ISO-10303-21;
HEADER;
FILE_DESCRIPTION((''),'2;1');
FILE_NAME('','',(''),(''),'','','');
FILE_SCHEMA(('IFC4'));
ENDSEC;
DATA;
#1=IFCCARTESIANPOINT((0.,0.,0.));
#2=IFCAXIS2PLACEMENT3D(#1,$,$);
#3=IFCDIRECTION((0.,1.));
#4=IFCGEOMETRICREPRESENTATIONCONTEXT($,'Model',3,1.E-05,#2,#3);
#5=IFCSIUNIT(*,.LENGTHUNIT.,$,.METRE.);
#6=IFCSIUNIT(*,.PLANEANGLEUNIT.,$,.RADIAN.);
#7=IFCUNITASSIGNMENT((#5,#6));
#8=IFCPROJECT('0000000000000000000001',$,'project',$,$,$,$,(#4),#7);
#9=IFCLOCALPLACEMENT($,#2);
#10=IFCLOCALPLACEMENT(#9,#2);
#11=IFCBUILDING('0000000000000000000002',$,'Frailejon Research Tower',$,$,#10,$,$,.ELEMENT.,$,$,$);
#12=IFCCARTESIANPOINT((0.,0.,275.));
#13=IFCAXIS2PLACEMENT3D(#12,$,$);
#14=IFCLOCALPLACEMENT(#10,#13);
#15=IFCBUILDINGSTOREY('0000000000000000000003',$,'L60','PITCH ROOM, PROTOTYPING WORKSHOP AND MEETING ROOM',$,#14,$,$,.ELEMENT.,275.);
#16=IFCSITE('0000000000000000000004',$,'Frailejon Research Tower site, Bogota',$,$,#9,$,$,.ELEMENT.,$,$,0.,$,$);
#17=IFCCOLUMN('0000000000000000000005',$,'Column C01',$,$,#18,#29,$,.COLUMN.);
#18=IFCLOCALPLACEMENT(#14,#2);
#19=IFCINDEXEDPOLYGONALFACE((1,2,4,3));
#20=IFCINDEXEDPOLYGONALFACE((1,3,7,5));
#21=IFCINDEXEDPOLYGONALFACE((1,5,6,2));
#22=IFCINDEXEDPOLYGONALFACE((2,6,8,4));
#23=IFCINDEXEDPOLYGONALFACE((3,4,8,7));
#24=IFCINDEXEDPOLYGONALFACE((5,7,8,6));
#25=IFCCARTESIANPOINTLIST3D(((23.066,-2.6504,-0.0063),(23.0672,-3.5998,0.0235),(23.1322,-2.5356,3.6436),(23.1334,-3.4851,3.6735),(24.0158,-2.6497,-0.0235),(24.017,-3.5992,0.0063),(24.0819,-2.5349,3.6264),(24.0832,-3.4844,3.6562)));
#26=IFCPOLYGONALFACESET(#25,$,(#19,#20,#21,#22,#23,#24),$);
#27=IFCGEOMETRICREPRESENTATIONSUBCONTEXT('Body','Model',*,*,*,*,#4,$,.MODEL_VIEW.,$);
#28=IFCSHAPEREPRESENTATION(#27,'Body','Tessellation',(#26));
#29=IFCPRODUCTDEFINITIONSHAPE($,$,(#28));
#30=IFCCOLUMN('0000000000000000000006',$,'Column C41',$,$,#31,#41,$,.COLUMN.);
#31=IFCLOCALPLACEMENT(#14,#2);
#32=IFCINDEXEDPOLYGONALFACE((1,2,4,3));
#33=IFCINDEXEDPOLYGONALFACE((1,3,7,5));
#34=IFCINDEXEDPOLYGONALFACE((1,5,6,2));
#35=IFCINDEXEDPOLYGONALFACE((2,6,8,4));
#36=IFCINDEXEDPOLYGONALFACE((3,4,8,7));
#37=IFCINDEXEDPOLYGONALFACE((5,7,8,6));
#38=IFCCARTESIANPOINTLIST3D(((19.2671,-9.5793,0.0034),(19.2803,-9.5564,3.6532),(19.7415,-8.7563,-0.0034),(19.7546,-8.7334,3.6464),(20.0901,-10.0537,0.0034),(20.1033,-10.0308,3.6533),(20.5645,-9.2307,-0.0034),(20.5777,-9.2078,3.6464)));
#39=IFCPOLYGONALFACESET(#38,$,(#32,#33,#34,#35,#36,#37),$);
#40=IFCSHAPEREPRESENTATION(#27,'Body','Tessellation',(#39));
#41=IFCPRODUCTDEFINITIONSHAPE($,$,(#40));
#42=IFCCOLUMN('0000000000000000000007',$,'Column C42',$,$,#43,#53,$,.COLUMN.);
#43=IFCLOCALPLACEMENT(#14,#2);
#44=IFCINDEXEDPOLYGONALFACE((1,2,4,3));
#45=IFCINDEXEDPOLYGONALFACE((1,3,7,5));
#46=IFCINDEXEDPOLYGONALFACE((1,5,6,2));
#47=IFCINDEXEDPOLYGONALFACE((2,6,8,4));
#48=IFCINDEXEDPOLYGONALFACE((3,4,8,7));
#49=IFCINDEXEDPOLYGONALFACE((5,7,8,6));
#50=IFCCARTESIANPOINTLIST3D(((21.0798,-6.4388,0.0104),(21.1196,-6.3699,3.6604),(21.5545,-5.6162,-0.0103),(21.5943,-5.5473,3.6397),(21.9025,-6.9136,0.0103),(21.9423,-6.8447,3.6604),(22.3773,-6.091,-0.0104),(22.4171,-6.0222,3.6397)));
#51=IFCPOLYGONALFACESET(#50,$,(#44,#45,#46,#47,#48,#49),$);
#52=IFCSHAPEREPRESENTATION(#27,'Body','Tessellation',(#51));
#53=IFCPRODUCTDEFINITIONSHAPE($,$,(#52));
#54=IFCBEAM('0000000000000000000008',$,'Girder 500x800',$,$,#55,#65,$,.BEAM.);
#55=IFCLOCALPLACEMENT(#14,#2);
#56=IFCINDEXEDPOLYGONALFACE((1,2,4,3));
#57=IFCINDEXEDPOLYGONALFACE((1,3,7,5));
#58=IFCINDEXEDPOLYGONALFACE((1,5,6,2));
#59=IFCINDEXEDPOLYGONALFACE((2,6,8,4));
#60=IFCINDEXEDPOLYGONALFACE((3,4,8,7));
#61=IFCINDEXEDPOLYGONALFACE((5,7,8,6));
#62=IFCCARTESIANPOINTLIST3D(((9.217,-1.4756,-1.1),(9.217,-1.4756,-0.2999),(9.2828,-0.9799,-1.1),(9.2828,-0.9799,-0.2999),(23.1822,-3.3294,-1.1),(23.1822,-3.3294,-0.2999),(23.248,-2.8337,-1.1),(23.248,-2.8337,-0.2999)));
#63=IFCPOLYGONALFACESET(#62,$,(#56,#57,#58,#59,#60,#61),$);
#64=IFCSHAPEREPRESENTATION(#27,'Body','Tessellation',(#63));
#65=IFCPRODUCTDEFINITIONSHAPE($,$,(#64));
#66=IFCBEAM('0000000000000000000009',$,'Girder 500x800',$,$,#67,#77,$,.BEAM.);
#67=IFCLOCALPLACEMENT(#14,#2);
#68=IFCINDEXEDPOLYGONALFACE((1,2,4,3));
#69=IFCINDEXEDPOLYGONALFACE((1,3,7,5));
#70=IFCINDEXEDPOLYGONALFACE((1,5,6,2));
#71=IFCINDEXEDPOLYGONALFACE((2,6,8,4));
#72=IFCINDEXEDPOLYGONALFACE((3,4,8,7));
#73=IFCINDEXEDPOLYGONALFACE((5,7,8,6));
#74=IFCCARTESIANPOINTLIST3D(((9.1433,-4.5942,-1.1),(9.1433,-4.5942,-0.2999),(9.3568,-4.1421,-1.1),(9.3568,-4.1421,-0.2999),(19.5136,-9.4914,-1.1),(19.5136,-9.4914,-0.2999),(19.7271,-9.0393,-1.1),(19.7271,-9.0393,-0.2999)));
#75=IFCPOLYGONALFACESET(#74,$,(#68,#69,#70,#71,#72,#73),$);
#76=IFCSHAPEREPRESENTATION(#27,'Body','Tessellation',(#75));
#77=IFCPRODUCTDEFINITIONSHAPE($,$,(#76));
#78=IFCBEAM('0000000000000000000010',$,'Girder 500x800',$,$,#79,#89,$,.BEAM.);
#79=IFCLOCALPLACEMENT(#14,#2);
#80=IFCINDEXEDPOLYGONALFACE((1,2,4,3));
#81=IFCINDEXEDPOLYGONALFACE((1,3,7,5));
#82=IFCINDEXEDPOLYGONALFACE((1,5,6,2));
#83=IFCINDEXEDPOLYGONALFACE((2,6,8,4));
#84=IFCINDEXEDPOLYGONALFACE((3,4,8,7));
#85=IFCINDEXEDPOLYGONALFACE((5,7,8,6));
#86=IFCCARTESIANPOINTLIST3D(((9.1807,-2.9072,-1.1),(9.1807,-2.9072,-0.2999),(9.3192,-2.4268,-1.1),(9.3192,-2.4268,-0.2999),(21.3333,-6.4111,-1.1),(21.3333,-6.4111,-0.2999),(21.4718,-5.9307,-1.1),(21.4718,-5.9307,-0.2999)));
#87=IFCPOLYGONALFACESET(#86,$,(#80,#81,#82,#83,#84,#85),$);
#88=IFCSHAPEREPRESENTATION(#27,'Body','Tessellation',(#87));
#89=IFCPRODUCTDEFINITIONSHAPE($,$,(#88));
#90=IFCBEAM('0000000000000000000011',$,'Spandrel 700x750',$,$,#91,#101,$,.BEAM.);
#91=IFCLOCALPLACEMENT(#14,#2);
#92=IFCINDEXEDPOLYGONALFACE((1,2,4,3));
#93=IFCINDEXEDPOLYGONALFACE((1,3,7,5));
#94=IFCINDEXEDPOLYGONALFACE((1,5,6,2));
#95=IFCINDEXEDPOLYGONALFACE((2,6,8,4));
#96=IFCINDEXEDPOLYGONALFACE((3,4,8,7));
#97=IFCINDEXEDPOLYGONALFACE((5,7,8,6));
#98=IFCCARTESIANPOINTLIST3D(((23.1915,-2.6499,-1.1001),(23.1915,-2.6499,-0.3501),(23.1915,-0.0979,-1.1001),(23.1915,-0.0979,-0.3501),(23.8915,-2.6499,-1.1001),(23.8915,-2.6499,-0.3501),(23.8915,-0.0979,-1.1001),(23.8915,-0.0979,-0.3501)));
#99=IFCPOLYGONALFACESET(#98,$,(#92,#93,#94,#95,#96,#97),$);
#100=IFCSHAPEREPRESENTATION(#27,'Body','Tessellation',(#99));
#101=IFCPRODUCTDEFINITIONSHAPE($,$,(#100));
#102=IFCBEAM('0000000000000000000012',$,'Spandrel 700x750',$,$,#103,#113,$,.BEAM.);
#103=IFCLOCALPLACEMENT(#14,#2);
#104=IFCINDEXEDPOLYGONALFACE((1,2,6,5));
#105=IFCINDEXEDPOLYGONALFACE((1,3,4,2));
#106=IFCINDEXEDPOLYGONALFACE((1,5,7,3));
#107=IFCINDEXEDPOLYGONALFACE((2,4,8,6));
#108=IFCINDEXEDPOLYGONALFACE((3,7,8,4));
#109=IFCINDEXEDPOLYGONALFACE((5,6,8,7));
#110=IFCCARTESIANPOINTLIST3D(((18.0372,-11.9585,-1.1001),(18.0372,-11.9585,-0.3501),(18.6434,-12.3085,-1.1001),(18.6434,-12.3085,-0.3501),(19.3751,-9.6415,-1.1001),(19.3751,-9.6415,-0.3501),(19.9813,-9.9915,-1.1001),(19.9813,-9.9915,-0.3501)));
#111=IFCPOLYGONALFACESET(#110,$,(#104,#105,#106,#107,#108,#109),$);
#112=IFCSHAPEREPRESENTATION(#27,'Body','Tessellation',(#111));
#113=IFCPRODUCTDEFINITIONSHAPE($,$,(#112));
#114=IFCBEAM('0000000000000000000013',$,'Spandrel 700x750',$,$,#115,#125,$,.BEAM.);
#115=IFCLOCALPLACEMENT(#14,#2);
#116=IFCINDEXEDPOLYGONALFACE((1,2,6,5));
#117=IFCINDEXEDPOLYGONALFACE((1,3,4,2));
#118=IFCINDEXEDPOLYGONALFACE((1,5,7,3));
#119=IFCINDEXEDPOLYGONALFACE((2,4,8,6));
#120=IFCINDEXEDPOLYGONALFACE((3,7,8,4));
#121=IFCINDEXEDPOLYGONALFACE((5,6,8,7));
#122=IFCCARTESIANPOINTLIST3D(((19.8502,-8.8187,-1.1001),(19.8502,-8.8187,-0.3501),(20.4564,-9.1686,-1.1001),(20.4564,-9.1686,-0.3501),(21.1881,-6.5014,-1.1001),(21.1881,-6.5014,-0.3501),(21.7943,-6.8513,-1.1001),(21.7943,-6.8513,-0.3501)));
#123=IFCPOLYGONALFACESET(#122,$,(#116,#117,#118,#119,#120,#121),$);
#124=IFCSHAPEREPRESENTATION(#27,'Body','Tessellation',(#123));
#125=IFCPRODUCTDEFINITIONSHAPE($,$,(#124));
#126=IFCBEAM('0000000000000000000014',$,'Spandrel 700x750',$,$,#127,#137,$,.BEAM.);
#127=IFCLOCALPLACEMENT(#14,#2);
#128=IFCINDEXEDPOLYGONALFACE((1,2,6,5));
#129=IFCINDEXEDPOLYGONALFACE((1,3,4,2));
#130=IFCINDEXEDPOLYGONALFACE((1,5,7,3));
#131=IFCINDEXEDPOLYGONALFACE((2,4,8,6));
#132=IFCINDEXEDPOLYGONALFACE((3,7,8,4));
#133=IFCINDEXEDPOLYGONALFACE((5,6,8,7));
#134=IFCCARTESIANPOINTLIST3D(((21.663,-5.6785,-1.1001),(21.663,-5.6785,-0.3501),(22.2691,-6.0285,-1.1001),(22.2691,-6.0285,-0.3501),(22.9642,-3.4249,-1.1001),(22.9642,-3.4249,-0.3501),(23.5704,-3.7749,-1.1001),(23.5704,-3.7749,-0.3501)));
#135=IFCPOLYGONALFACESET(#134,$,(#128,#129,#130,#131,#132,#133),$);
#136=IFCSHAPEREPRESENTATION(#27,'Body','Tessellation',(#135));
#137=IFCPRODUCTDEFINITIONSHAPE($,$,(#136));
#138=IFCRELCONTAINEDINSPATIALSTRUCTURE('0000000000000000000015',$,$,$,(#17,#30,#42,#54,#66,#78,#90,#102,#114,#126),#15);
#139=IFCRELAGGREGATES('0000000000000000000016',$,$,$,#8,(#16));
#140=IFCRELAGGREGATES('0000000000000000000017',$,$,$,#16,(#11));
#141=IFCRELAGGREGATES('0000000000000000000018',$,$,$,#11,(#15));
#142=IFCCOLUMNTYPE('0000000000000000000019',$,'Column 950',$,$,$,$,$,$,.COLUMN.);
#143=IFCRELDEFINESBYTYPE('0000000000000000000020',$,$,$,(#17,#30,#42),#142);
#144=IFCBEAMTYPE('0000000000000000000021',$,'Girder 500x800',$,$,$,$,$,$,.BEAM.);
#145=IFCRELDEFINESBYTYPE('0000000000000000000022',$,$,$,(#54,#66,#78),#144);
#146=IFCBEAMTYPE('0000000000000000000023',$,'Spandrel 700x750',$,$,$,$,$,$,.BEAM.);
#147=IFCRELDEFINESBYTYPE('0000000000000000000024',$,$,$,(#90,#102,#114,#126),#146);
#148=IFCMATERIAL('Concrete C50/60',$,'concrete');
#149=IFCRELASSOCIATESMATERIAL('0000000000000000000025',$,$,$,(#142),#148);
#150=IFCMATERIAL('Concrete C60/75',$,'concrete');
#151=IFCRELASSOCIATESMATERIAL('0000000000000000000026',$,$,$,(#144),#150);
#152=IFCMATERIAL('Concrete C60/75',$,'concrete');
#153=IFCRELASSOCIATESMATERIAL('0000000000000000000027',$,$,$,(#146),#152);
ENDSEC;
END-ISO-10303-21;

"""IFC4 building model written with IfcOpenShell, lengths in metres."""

from ifc_helpers import new_model, si_unit, direction, frame, origin, origin_2d, place, context, subcontext, project, spatial, rectangle, extrude, material, material_profile, profile_set, type_object, element, save


model = new_model("IFC4")

# Units and contexts
model_context = context("Model", 3, precision=1e-05, world=origin(), true_north=direction((0.0, 1.0)))
body_context = subcontext(model_context, "Body", "Model", "MODEL_VIEW")
ifc_project = project(units=[si_unit("LENGTHUNIT", "METRE"), si_unit("PLANEANGLEUNIT", "RADIAN")], contexts=[model_context])

# Site, building, storey
site_placement = place(None, origin())
site = spatial("IfcSite", under=ifc_project, at=site_placement, Name="Frailejon Research Tower site, Bogota", CompositionType="ELEMENT", RefElevation=0.0)
building_placement = place(site_placement, origin())
building = spatial("IfcBuilding", under=site, at=building_placement, Name="Frailejon Research Tower", CompositionType="ELEMENT")
storey_placement = place(building_placement, frame((0.0, 0.0, 275.0)))
storey = spatial("IfcBuildingStorey", under=building, at=storey_placement, Name="L60", Description="PITCH ROOM, PROTOTYPING WORKSHOP AND MEETING ROOM", CompositionType="ELEMENT", Elevation=275.0)

# Columns
ifc_material_1 = material(Name="Concrete C50/60", Category="concrete")
ifc_material_profile_1 = material_profile(ifc_material_1, rectangle(XDim=0.95, YDim=0.95, at=origin_2d()), Name="Column 950")
ifc_profile_set_1 = profile_set([ifc_material_profile_1], Name="Concrete C50/60")
column_type = type_object("IfcColumnType", Name="Column 950", PredefinedType="COLUMN", material=ifc_profile_set_1)
column_1_placement = place(storey_placement, frame((23.5415, -3.1248, 0.0), z_axis=(0.018115, 0.031417, 0.999342), x_axis=(-0.001297, 0.999506, -0.031399)))
element("IfcColumn", 1, at=column_1_placement, inside=storey, type_object=column_type, Name="Column C01", PredefinedType="COLUMN", context=body_context, shape_type="SweptSolid", body=[
    extrude(rectangle(XDim=0.95, YDim=0.95, at=origin_2d()), origin(), (0.0, 0.0, 1.0), 3.6523),
])
column_2_placement = place(storey_placement, frame((19.9158, -9.405, 0.0), z_axis=(0.003612, 0.006287, 0.999974), x_axis=(0.499382, 0.866352, -0.007251)))
element("IfcColumn", 2, at=column_2_placement, inside=storey, type_object=column_type, Name="Column C41", PredefinedType="COLUMN", context=body_context, shape_type="SweptSolid", body=[
    extrude(rectangle(XDim=0.95, YDim=0.95, at=origin_2d()), origin(), (0.0, 0.0, 1.0), 3.6499),
])
column_3_placement = place(storey_placement, frame((21.7285, -6.2649, 0.0), z_axis=(0.0109, 0.018858, 0.999763), x_axis=(0.499729, 0.865908, -0.021782)))
element("IfcColumn", 3, at=column_3_placement, inside=storey, type_object=column_type, Name="Column C42", PredefinedType="COLUMN", context=body_context, shape_type="SweptSolid", body=[
    extrude(rectangle(XDim=0.95, YDim=0.95, at=origin_2d()), origin(), (0.0, 0.0, 1.0), 3.6509),
])

# Beams
ifc_material_2 = material(Name="Concrete C60/75", Category="concrete")
ifc_material_profile_2 = material_profile(ifc_material_2, rectangle(XDim=0.5, YDim=0.8, at=origin_2d()), Name="Girder 500x800")
ifc_profile_set_2 = profile_set([ifc_material_profile_2], Name="Concrete C60/75")
beam_type_1 = type_object("IfcBeamType", Name="Girder 500x800", PredefinedType="BEAM", material=ifc_profile_set_2)
beam_1_placement = place(storey_placement, frame((23.2151, -3.0815, -0.7), z_axis=(-0.991304, 0.131588, 0.0), x_axis=(-0.131588, -0.991304, 0.0)))
element("IfcBeam", 4, at=beam_1_placement, inside=storey, type_object=beam_type_1, Name="Girder 500x800", PredefinedType="BEAM", context=body_context, shape_type="SweptSolid", body=[
    extrude(rectangle(XDim=0.5, YDim=0.8, at=origin_2d()), origin(), (0.0, 0.0, 1.0), 14.0876),
])
beam_2_placement = place(storey_placement, frame((19.6204, -9.2654, -0.7), z_axis=(-0.904245, 0.427014, 0.0), x_axis=(-0.427014, -0.904245, 0.0)))
element("IfcBeam", 5, at=beam_2_placement, inside=storey, type_object=beam_type_1, Name="Girder 500x800", PredefinedType="BEAM", context=body_context, shape_type="SweptSolid", body=[
    extrude(rectangle(XDim=0.5, YDim=0.8, at=origin_2d()), origin(), (0.0, 0.0, 1.0), 11.4685),
])
beam_3_placement = place(storey_placement, frame((21.4026, -6.1709, -0.7), z_axis=(-0.960858, 0.27704, 0.0), x_axis=(-0.27704, -0.960858, 0.0)))
element("IfcBeam", 6, at=beam_3_placement, inside=storey, type_object=beam_type_1, Name="Girder 500x800", PredefinedType="BEAM", context=body_context, shape_type="SweptSolid", body=[
    extrude(rectangle(XDim=0.5, YDim=0.8, at=origin_2d()), origin(), (0.0, 0.0, 1.0), 12.6477),
])
ifc_material_3 = material(Name="Concrete C60/75", Category="concrete")
ifc_material_profile_3 = material_profile(ifc_material_3, rectangle(XDim=0.7, YDim=0.75, at=origin_2d()), Name="Spandrel 700x750")
ifc_profile_set_3 = profile_set([ifc_material_profile_3], Name="Concrete C60/75")
beam_type_2 = type_object("IfcBeamType", Name="Spandrel 700x750", PredefinedType="BEAM", material=ifc_profile_set_3)
beam_4_placement = place(storey_placement, frame((23.5415, -2.6499, -0.7251), z_axis=(0.0, 1.0, 0.0), x_axis=(-1.0, 0.0, 0.0)))
element("IfcBeam", 7, at=beam_4_placement, inside=storey, type_object=beam_type_2, Name="Spandrel 700x750", PredefinedType="BEAM", context=body_context, shape_type="SweptSolid", body=[
    extrude(rectangle(XDim=0.7, YDim=0.75, at=origin_2d()), origin(), (0.0, 0.0, 1.0), 2.552),
])
beam_5_placement = place(storey_placement, frame((18.3403, -12.1335, -0.7251), z_axis=(0.500025, 0.866011, 0.0), x_axis=(-0.866011, 0.500025, 0.0)))
element("IfcBeam", 8, at=beam_5_placement, inside=storey, type_object=beam_type_2, Name="Spandrel 700x750", PredefinedType="BEAM", context=body_context, shape_type="SweptSolid", body=[
    extrude(rectangle(XDim=0.7, YDim=0.75, at=origin_2d()), origin(), (0.0, 0.0, 1.0), 2.6755),
])
beam_6_placement = place(storey_placement, frame((20.1533, -8.9937, -0.7251), z_axis=(0.499986, 0.866034, 0.0), x_axis=(-0.866034, 0.499986, 0.0)))
element("IfcBeam", 9, at=beam_6_placement, inside=storey, type_object=beam_type_2, Name="Spandrel 700x750", PredefinedType="BEAM", context=body_context, shape_type="SweptSolid", body=[
    extrude(rectangle(XDim=0.7, YDim=0.75, at=origin_2d()), origin(), (0.0, 0.0, 1.0), 2.6758),
])
beam_7_placement = place(storey_placement, frame((21.9661, -5.8535, -0.7251), z_axis=(0.500034, 0.866006, 0.0), x_axis=(-0.866006, 0.500034, 0.0)))
element("IfcBeam", 10, at=beam_7_placement, inside=storey, type_object=beam_type_2, Name="Spandrel 700x750", PredefinedType="BEAM", context=body_context, shape_type="SweptSolid", body=[
    extrude(rectangle(XDim=0.7, YDim=0.75, at=origin_2d()), origin(), (0.0, 0.0, 1.0), 2.6023),
])

save(model, "model.ifc")
